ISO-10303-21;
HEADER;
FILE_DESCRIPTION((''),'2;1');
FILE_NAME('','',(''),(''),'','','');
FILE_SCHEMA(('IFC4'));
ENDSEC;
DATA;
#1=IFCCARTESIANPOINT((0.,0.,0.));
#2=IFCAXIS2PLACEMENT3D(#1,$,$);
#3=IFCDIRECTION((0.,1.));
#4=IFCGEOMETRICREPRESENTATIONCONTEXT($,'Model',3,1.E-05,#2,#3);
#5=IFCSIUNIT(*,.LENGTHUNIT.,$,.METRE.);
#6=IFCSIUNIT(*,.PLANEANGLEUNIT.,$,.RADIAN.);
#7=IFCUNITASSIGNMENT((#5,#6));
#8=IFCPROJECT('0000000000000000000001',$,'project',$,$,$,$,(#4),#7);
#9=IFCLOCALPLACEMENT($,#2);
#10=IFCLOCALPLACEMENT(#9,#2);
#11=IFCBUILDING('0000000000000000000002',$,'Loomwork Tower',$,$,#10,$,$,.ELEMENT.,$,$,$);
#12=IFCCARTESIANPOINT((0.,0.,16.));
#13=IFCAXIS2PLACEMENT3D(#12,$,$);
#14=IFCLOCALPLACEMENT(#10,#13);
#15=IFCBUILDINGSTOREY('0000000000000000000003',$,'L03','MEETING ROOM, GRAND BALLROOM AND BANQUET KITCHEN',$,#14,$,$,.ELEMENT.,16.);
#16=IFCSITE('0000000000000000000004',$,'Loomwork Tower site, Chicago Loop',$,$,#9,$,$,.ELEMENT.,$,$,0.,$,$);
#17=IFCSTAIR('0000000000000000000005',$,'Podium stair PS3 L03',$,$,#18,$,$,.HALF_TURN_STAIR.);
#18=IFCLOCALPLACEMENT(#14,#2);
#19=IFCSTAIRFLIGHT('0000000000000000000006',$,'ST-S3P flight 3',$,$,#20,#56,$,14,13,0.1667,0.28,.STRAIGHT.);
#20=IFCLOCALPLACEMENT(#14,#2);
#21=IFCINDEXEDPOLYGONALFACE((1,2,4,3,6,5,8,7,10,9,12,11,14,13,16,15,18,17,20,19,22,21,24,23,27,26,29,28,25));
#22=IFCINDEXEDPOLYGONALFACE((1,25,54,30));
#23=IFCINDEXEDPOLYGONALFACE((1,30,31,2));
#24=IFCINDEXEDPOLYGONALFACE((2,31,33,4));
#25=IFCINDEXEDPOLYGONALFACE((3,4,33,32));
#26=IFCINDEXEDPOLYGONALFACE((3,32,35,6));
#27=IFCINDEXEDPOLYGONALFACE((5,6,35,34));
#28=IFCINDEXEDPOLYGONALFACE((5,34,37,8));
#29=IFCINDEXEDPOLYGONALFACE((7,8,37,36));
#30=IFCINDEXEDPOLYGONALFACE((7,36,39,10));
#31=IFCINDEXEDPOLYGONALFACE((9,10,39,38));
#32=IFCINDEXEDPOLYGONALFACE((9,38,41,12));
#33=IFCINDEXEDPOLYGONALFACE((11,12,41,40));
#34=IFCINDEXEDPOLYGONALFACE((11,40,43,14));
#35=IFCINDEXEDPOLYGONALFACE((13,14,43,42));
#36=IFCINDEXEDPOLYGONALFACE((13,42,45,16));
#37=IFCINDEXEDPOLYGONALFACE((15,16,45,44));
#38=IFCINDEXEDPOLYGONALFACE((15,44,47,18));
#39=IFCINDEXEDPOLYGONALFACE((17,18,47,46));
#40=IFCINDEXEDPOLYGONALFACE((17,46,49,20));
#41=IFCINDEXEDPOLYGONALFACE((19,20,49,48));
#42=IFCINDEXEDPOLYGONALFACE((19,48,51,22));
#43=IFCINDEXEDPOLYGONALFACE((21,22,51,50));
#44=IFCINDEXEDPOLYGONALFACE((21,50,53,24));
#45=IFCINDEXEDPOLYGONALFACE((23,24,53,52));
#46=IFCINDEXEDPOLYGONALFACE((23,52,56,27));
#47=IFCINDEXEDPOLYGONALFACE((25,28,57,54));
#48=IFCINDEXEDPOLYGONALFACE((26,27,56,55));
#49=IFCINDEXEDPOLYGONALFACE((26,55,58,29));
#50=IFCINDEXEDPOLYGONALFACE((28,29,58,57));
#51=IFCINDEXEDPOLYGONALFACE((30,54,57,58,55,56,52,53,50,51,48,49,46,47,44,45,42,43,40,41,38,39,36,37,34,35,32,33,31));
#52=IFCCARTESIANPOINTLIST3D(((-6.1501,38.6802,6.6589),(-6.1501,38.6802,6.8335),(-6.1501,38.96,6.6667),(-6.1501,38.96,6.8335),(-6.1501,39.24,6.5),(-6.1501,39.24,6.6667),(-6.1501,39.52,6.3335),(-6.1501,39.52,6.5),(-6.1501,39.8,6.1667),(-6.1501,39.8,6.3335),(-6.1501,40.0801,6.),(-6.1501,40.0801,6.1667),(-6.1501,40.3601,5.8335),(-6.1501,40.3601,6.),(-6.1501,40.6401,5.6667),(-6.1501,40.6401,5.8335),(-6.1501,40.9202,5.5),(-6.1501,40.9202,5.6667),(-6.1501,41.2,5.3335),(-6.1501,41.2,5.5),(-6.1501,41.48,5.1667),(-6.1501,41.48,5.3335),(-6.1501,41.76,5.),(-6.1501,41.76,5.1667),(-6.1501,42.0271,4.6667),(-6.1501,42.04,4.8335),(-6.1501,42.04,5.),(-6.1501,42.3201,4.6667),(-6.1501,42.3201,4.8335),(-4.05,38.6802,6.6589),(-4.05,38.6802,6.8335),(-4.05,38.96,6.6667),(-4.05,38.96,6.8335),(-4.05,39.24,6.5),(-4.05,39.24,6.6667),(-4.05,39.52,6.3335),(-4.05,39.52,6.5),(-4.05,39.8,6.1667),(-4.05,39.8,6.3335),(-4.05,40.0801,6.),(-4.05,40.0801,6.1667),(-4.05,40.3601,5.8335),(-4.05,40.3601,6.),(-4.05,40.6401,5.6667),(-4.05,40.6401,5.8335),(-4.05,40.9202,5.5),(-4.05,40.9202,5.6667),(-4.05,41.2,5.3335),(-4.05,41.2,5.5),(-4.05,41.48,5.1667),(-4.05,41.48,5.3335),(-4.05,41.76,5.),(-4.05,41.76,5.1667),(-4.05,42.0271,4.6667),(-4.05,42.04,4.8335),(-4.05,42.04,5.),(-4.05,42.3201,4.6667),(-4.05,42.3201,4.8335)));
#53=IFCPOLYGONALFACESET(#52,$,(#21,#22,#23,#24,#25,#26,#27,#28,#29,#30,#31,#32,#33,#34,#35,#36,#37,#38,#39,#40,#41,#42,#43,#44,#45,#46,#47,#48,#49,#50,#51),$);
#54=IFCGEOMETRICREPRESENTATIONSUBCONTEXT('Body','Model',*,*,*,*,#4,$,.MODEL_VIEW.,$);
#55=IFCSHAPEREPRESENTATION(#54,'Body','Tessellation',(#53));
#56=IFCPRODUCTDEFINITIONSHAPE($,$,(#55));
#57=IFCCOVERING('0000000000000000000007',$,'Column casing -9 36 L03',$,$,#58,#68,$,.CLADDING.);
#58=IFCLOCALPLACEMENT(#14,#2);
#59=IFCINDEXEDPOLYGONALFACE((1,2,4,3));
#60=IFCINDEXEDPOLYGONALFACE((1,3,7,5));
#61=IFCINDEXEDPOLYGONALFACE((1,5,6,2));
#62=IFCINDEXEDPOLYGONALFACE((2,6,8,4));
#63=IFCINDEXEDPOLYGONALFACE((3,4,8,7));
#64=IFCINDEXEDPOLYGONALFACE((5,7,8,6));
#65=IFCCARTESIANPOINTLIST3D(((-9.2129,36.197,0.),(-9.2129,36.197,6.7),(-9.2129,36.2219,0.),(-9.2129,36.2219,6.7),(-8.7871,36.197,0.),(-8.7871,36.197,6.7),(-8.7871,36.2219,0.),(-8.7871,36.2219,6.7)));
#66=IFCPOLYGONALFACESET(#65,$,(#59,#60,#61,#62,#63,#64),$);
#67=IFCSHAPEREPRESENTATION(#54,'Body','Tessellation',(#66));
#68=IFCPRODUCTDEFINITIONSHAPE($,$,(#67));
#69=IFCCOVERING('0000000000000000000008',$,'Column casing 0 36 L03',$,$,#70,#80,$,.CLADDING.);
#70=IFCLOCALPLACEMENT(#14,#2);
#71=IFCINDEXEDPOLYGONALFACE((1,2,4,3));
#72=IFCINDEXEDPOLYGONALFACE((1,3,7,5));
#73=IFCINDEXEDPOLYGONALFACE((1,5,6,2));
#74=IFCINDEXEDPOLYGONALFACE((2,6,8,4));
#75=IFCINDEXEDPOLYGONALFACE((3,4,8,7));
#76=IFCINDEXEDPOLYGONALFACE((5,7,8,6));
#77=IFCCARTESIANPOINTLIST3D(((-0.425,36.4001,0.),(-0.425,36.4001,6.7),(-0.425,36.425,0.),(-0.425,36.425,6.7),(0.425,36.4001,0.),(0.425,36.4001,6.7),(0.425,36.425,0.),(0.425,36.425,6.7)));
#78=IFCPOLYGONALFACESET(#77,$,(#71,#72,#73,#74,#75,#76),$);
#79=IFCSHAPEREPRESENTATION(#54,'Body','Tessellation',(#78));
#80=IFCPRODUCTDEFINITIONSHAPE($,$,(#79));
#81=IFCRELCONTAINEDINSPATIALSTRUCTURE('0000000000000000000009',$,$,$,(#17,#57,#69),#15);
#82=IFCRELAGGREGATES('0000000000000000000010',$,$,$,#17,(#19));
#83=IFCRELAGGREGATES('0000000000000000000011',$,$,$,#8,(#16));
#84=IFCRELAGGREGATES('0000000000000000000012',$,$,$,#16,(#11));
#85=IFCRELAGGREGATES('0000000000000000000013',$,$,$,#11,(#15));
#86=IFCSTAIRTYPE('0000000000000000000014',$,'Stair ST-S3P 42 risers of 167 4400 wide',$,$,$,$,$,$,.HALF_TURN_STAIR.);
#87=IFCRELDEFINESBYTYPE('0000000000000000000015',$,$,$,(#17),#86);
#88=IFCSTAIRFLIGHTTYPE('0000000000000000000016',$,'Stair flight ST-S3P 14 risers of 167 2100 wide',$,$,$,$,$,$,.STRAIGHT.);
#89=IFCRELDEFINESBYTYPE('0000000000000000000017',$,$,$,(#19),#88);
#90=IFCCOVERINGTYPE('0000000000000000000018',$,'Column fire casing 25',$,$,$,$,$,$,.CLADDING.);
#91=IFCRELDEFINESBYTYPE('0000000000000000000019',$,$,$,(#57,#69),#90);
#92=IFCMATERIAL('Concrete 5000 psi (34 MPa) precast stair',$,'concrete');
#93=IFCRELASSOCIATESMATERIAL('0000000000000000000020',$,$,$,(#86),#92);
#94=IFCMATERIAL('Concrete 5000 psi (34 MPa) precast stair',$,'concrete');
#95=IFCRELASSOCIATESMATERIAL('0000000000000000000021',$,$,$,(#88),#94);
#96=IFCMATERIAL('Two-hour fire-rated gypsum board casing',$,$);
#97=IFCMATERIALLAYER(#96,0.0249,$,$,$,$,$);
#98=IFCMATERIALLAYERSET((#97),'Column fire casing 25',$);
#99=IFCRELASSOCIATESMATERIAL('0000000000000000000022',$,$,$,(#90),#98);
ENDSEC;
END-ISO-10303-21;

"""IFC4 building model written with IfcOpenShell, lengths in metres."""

from ifc_helpers import new_model, si_unit, direction, frame, origin, origin_2d, place, context, subcontext, project, spatial, polyline, rectangle, outline, extrude, material, layer, layer_set, type_object, element, aggregate, save


model = new_model("IFC4")

# Units and contexts
model_context = context("Model", 3, precision=1e-05, world=origin(), true_north=direction((0.0, 1.0)))
body_context = subcontext(model_context, "Body", "Model", "MODEL_VIEW")
ifc_project = project(units=[si_unit("LENGTHUNIT", "METRE"), si_unit("PLANEANGLEUNIT", "RADIAN")], contexts=[model_context])

# Site, building, storey
site_placement = place(None, origin())
site = spatial("IfcSite", under=ifc_project, at=site_placement, Name="Loomwork Tower site, Chicago Loop", CompositionType="ELEMENT", RefElevation=0.0)
building_placement = place(site_placement, origin())
building = spatial("IfcBuilding", under=site, at=building_placement, Name="Loomwork Tower", CompositionType="ELEMENT")
storey_placement = place(building_placement, frame((0.0, 0.0, 16.0)))
storey = spatial("IfcBuildingStorey", under=building, at=storey_placement, Name="L03", Description="MEETING ROOM, GRAND BALLROOM AND BANQUET KITCHEN", CompositionType="ELEMENT", Elevation=16.0)

# Stair, stair flight
ifc_material_1 = material(Name="Concrete 5000 psi (34 MPa) precast stair", Category="concrete")
stair_type = type_object("IfcStairType", Name="Stair ST-S3P 42 risers of 167 4400 wide", PredefinedType="HALF_TURN_STAIR", material=ifc_material_1)
stair_placement = place(storey_placement, origin())
stair = element("IfcStair", 1, at=stair_placement, inside=storey, type_object=stair_type, Name="Podium stair PS3 L03", PredefinedType="HALF_TURN_STAIR")
ifc_material_2 = material(Name="Concrete 5000 psi (34 MPa) precast stair", Category="concrete")
stair_flight_type = type_object("IfcStairFlightType", Name="Stair flight ST-S3P 14 risers of 167 2100 wide", PredefinedType="STRAIGHT", material=ifc_material_2)
stair_flight_1_placement = place(storey_placement, frame((-5.1001, 42.3201, 4.6667), z_axis=(0.0, 0.0, 1.0), x_axis=(0.0, -1.0, 0.0)))
stair_flight_1 = element("IfcStairFlight", 2, at=stair_flight_1_placement, type_object=stair_flight_type, Name="ST-S3P flight 3", NumberOfRisers=14, NumberOfTreads=13, PredefinedType="STRAIGHT", RiserHeight=0.1667, TreadLength=0.28, context=body_context, shape_type="SweptSolid", body=[
    extrude(outline(polyline([(0.0, 0.0), (0.0, 0.1667), (0.28, 0.1667), (0.28, 0.3333), (0.5601, 0.3333), (0.5601, 0.5), (0.8401, 0.5), (0.8401, 0.6667), (1.1201, 0.6667), (1.1201, 0.8333), (1.3999, 0.8333), (1.3999, 1.0), (1.6799, 1.0), (1.6799, 1.1667), (1.96, 1.1667), (1.96, 1.3333), (2.24, 1.3333), (2.24, 1.5), (2.52, 1.5), (2.52, 1.6667), (2.8, 1.6667), (2.8, 1.8333), (3.0801, 1.8333), (3.0801, 2.0), (3.3601, 2.0), (3.3601, 2.1667), (3.6399, 2.1667), (3.6399, 2.3333), (3.6399, 1.9922), (0.293, 0.0), (0.0, 0.0)])), frame((0.0, 1.05, 0.0), z_axis=(0.0, -1.0, 0.0), x_axis=(1.0, 0.0, 0.0)), (0.0, 0.0, 1.0), 2.1001),
])
aggregate(stair, [stair_flight_1])

# Coverings
ifc_material_3 = material(Name="Two-hour fire-rated gypsum board casing")
ifc_layer_1 = layer(ifc_material_3, 0.0249)
ifc_layer_set_1 = layer_set([ifc_layer_1], Name="Column fire casing 25")
covering_type = type_object("IfcCoveringType", Name="Column fire casing 25", PredefinedType="CLADDING", material=ifc_layer_set_1)
covering_1_placement = place(storey_placement, frame((-9.0, 36.2095, 0.0), z_axis=(0.0, 0.0, 1.0), x_axis=(1.0, 0.0, 0.0)))
element("IfcCovering", 3, at=covering_1_placement, inside=storey, type_object=covering_type, Name="Column casing -9 36 L03", PredefinedType="CLADDING", context=body_context, shape_type="SweptSolid", body=[
    extrude(rectangle(XDim=0.4258, YDim=0.0249, at=origin_2d()), origin(), (0.0, 0.0, 1.0), 6.7),
])
covering_2_placement = place(storey_placement, frame((0.0, 36.4126, 0.0), z_axis=(0.0, 0.0, 1.0), x_axis=(1.0, 0.0, 0.0)))
element("IfcCovering", 4, at=covering_2_placement, inside=storey, type_object=covering_type, Name="Column casing 0 36 L03", PredefinedType="CLADDING", context=body_context, shape_type="SweptSolid", body=[
    extrude(rectangle(XDim=0.8501, YDim=0.0249, at=origin_2d()), origin(), (0.0, 0.0, 1.0), 6.7),
])

save(model, "model.ifc")
